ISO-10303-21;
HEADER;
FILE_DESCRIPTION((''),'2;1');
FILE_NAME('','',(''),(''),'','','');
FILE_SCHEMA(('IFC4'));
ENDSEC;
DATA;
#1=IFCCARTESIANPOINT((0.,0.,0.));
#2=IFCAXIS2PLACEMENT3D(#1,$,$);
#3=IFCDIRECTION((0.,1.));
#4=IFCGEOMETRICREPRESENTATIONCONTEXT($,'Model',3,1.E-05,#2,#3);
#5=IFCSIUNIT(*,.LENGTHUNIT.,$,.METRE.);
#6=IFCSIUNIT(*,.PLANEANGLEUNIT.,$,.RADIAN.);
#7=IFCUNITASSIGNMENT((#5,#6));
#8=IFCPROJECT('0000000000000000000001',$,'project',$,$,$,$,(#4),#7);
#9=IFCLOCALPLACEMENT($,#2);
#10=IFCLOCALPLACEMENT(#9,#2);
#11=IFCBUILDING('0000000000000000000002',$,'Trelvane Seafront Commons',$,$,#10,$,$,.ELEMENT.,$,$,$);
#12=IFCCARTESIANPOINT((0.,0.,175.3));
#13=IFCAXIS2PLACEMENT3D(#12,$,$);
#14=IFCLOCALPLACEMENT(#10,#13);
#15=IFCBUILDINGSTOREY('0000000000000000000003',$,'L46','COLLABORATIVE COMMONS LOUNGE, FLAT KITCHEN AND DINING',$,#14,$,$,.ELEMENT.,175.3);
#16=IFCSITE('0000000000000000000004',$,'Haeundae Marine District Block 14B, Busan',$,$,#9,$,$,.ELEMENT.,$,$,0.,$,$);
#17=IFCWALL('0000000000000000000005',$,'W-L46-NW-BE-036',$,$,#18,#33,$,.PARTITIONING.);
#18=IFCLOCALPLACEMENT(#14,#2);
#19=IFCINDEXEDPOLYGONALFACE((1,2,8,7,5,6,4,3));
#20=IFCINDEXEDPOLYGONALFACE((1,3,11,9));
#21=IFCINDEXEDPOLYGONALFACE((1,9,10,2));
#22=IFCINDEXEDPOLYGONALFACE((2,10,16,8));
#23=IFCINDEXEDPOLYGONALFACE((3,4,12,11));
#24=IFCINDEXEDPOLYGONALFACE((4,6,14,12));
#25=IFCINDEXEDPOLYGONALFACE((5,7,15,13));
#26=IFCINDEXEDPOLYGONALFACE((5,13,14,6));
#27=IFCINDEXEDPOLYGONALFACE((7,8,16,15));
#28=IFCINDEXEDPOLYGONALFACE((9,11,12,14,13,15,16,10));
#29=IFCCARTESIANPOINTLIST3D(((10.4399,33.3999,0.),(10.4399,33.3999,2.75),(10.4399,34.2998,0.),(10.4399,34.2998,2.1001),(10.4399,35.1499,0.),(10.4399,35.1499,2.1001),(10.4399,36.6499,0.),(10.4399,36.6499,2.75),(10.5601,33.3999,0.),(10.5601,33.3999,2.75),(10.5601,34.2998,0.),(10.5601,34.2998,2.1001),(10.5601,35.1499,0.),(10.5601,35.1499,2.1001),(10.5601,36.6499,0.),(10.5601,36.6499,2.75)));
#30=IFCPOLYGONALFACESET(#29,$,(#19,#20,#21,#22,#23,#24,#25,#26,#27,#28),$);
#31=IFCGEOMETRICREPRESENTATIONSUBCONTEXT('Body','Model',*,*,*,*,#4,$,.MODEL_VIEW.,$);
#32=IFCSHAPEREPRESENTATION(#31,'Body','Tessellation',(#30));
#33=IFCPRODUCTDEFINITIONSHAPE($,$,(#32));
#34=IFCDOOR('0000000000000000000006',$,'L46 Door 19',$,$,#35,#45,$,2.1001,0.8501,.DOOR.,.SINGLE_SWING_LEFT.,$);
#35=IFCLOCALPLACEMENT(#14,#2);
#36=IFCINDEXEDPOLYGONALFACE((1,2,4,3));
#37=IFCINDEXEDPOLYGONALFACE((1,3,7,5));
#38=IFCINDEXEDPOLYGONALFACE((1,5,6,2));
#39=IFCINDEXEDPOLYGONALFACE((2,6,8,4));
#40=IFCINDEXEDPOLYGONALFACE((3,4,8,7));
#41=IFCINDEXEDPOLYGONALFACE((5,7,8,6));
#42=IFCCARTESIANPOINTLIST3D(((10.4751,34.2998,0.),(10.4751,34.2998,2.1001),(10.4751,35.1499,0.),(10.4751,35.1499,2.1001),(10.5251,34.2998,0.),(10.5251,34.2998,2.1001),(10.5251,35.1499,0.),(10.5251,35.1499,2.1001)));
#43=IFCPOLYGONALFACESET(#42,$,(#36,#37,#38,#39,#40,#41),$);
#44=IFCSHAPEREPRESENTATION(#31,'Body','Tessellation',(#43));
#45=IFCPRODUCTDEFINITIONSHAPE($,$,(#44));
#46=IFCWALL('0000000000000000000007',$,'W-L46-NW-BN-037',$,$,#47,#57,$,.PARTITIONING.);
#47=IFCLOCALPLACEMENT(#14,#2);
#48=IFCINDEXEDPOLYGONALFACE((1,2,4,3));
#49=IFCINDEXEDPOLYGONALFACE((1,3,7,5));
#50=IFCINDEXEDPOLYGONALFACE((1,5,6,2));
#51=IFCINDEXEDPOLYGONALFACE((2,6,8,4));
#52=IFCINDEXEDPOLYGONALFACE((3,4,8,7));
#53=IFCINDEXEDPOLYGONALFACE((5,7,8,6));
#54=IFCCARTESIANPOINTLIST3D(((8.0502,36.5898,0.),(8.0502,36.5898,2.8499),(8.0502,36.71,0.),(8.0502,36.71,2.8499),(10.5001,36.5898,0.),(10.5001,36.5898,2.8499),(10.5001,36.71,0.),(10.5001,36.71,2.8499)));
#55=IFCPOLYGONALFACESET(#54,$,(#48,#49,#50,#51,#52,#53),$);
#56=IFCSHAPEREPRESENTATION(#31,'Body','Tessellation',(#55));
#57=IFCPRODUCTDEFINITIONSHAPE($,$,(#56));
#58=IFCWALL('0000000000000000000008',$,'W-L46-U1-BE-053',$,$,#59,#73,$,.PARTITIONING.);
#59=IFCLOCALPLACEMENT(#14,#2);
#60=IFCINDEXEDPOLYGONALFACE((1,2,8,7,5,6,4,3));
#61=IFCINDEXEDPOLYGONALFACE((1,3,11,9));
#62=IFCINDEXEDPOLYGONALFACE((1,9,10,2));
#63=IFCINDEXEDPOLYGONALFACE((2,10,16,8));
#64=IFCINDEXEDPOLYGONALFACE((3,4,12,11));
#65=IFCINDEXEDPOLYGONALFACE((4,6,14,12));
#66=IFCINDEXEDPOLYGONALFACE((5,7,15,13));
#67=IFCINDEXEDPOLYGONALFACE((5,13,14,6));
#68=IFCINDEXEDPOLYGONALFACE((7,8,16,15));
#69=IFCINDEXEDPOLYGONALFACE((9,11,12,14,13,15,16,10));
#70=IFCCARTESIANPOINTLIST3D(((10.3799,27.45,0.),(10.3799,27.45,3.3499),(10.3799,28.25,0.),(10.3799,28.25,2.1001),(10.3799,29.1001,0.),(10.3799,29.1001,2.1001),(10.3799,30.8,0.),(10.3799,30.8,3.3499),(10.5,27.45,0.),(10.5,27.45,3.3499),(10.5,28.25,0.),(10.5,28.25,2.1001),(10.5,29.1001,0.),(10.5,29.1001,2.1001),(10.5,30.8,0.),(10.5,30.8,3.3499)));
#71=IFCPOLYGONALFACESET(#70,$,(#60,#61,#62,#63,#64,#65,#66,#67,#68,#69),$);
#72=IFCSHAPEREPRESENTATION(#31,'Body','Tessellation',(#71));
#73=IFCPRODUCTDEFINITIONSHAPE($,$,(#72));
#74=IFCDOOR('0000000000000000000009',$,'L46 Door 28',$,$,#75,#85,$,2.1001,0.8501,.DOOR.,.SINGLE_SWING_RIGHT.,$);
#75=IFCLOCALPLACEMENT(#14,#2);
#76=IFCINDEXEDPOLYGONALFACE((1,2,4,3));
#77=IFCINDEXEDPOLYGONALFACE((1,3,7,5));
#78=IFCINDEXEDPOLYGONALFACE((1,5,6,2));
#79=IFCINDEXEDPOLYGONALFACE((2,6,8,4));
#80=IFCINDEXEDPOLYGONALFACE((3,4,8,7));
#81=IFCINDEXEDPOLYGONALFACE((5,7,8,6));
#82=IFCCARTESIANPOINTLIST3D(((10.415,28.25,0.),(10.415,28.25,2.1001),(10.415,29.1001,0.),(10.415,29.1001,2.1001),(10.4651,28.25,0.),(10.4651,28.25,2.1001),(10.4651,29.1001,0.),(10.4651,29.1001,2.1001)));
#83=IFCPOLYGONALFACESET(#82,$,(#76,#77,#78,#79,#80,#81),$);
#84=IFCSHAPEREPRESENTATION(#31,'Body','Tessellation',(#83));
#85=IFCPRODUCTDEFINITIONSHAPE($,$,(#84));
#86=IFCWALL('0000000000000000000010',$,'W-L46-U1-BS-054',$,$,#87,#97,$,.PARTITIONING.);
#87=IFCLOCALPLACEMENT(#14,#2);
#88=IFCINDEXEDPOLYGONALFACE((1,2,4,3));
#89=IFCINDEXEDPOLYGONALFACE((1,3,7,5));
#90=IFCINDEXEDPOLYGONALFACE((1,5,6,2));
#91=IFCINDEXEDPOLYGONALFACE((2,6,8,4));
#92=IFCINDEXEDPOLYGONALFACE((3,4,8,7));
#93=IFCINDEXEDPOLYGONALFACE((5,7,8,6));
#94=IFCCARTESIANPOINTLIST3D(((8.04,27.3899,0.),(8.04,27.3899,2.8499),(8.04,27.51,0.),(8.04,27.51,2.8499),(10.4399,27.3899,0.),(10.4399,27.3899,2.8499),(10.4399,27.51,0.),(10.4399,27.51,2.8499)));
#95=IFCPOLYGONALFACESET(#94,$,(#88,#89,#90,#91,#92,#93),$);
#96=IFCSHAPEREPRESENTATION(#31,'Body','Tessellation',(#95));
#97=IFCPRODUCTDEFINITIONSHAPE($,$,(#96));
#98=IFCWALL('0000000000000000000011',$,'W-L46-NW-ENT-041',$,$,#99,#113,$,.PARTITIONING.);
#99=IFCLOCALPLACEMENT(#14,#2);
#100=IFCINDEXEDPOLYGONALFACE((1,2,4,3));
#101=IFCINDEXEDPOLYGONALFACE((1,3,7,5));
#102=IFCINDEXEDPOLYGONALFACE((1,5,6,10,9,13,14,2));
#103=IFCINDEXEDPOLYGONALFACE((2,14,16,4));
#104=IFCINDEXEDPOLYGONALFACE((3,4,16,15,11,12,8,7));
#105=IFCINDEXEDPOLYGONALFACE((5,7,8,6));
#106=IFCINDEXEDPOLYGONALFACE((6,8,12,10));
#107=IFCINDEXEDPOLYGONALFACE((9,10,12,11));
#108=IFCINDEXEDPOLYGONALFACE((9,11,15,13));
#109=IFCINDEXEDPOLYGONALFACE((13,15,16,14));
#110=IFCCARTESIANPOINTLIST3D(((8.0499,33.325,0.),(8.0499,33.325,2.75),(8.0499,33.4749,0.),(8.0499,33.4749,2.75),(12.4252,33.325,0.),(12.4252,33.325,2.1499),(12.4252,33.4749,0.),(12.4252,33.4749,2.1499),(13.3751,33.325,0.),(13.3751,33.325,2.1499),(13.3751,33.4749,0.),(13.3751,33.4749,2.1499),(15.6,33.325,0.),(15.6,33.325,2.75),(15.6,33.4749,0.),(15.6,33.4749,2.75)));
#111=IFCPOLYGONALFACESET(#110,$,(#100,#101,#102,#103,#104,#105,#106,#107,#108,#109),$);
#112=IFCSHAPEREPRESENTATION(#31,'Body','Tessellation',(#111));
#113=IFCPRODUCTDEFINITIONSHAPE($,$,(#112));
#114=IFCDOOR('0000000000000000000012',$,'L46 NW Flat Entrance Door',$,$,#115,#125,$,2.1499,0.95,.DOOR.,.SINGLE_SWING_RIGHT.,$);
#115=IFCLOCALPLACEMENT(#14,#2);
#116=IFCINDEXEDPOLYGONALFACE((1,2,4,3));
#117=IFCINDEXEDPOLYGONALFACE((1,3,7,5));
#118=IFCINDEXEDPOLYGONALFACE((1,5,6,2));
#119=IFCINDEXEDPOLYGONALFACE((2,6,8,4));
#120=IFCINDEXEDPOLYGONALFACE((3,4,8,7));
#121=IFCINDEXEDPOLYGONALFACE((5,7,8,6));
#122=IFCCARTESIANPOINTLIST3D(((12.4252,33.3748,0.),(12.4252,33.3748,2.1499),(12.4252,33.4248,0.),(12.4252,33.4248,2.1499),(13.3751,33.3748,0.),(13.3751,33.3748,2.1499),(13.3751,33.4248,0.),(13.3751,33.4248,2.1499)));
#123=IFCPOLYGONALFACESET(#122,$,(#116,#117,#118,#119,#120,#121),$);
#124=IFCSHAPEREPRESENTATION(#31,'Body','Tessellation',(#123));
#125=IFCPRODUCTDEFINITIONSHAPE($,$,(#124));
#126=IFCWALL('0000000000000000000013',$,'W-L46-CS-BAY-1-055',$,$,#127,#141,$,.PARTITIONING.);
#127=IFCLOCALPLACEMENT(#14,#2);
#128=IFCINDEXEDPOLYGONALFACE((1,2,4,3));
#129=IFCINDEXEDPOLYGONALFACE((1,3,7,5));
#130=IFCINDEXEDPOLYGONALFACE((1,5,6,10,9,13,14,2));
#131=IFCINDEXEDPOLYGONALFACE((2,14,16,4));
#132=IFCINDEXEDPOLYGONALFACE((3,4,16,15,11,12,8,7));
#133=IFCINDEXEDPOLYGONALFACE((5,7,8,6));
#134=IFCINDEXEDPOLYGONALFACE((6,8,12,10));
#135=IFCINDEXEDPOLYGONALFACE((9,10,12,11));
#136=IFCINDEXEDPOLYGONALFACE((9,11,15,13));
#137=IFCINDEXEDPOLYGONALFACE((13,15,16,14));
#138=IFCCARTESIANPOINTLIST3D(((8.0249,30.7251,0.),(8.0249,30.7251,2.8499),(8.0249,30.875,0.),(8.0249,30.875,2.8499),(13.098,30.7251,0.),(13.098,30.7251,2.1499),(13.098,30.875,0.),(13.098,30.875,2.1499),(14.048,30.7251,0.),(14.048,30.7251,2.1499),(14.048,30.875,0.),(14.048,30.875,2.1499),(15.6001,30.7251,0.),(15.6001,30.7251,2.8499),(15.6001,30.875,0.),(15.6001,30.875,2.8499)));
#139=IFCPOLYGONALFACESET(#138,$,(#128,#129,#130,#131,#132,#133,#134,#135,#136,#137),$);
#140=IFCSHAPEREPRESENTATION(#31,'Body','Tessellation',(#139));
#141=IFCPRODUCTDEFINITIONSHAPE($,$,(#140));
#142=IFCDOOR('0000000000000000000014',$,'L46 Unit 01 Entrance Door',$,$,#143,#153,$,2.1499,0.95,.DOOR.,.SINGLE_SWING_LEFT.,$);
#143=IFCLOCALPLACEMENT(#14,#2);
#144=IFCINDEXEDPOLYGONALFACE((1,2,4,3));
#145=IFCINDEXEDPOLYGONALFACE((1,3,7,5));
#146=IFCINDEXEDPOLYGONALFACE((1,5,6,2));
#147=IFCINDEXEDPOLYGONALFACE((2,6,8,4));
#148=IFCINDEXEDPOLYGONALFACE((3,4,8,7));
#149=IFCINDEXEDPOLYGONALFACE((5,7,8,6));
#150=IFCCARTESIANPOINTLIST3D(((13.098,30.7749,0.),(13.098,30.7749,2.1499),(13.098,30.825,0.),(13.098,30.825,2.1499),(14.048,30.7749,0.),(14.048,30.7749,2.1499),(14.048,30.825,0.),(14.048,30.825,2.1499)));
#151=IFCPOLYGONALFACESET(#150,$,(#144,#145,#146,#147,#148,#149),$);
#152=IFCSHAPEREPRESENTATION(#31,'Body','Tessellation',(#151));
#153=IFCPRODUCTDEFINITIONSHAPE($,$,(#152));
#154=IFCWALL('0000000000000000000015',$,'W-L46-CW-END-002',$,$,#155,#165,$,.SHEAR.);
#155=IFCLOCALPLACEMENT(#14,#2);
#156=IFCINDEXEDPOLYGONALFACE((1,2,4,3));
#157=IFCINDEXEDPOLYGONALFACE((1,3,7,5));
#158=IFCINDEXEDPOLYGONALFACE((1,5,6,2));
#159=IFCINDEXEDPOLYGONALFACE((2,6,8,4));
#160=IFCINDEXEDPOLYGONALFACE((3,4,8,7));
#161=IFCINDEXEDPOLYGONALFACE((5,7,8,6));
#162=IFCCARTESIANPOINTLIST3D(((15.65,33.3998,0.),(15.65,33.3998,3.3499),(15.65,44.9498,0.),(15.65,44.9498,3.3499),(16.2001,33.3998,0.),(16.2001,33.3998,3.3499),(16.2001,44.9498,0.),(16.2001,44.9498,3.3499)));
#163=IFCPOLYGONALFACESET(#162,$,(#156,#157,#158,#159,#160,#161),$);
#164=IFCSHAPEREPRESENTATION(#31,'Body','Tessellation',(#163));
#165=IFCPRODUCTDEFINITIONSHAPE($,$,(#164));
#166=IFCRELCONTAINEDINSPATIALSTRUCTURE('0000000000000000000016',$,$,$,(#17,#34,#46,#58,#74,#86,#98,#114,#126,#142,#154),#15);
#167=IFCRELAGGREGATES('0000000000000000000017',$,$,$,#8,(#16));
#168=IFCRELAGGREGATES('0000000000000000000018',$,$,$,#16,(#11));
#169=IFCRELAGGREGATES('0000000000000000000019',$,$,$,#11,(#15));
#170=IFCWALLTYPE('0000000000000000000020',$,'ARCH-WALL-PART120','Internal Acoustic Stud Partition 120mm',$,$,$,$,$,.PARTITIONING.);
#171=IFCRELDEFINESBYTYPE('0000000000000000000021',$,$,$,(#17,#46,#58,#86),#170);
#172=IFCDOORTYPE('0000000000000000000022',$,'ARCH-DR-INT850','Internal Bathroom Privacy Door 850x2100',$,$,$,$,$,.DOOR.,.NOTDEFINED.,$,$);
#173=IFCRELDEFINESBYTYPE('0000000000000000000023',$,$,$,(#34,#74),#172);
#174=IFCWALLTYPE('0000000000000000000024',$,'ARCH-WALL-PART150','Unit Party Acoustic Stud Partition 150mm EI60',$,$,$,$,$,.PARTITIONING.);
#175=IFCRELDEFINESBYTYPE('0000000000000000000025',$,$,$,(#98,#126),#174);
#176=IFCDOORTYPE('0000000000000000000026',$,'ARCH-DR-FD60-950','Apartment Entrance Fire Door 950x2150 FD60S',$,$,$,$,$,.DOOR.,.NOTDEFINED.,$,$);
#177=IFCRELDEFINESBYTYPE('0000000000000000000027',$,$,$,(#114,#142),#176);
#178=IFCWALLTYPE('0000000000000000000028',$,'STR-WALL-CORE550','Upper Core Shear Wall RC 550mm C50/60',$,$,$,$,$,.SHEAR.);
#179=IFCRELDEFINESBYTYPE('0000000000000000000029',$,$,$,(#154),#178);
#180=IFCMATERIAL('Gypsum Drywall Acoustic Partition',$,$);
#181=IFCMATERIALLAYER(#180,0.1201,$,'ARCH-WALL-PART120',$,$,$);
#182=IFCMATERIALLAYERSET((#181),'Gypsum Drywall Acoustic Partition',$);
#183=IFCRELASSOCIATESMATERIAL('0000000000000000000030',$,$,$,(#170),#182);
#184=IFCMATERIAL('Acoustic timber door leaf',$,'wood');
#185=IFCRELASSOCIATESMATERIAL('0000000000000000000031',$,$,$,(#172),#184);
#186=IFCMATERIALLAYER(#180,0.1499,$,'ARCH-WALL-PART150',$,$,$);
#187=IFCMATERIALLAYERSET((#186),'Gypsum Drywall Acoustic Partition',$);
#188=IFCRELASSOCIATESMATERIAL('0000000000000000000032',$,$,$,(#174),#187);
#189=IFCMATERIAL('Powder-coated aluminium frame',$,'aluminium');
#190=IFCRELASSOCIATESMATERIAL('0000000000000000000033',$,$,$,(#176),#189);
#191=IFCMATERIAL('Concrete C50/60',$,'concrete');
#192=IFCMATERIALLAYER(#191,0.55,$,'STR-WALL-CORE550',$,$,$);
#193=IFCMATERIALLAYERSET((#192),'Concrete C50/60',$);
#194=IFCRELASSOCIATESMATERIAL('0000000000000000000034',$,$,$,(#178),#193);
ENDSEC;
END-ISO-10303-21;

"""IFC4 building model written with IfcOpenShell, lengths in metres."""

from ifc_helpers import new_model, si_unit, direction, frame, frame_2d, origin, place, context, subcontext, project, spatial, rectangle, extrude, source, transform, mapped, material, layer, layer_set, type_object, element, fill, save


model = new_model("IFC4")

# Units and contexts
model_context = context("Model", 3, precision=1e-05, world=origin(), true_north=direction((0.0, 1.0)))
body_context = subcontext(model_context, "Body", "Model", "MODEL_VIEW")
ifc_project = project(units=[si_unit("LENGTHUNIT", "METRE"), si_unit("PLANEANGLEUNIT", "RADIAN")], contexts=[model_context])

# Site, building, storey
site_placement = place(None, origin())
site = spatial("IfcSite", under=ifc_project, at=site_placement, Name="Haeundae Marine District Block 14B, Busan", CompositionType="ELEMENT", RefElevation=0.0)
building_placement = place(site_placement, origin())
building = spatial("IfcBuilding", under=site, at=building_placement, Name="Trelvane Seafront Commons", CompositionType="ELEMENT")
storey_placement = place(building_placement, frame((0.0, 0.0, 175.3)))
storey = spatial("IfcBuildingStorey", under=building, at=storey_placement, Name="L46", Description="COLLABORATIVE COMMONS LOUNGE, FLAT KITCHEN AND DINING", CompositionType="ELEMENT", Elevation=175.3)

# Shared definitions
ifc_material_1 = material(Name="Concrete C50/60", Category="concrete")

# Wall, opening, door
ifc_material_2 = material(Name="Gypsum Drywall Acoustic Partition")
ifc_layer_1 = layer(ifc_material_2, 0.1201, Name="ARCH-WALL-PART120")
ifc_layer_set_1 = layer_set([ifc_layer_1], Name="Gypsum Drywall Acoustic Partition")
wall_type_1 = type_object("IfcWallType", Name="ARCH-WALL-PART120", Description="Internal Acoustic Stud Partition 120mm", PredefinedType="PARTITIONING", material=ifc_layer_set_1)
wall_1_placement = place(storey_placement, frame((10.5, 33.3999, 0.0), z_axis=(0.0, 0.0, 1.0), x_axis=(0.0, 1.0, 0.0)))
wall_1 = element("IfcWall", 1, at=wall_1_placement, inside=storey, type_object=wall_type_1, Name="W-L46-NW-BE-036", PredefinedType="PARTITIONING", context=body_context, shape_type="SweptSolid", body=[
    extrude(rectangle(XDim=3.25, YDim=0.1201, at=frame_2d((1.625, 0.0))), origin(), (0.0, 0.0, 1.0), 2.75),
])
opening_1_placement = place(wall_1_placement, frame((0.8999, 0.0, 0.0)))
opening_1 = element("IfcOpeningElement", 2, at=opening_1_placement, cuts=wall_1, PredefinedType="OPENING", context=body_context, shape_type="SweptSolid", body=[
    extrude(rectangle(XDim=0.8501, YDim=2.1001, at=frame_2d((0.425, 1.05))), frame((0.0, 0.0701, 0.0), z_axis=(0.0, -1.0, 0.0), x_axis=(1.0, 0.0, 0.0)), (0.0, 0.0, 1.0), 0.1401),
])
ifc_material_3 = material(Name="Acoustic timber door leaf", Category="wood")
door_type_1 = type_object("IfcDoorType", Name="ARCH-DR-INT850", Description="Internal Bathroom Privacy Door 850x2100", OperationType="NOTDEFINED", PredefinedType="DOOR", material=ifc_material_3)
shared_shape_1 = source(origin(), body_context, "Body", "SweptSolid", [
    extrude(rectangle(XDim=0.8501, YDim=2.1001, at=frame_2d((0.425, 1.05))), frame((0.0, 0.0249, 0.0), z_axis=(0.0, -1.0, 0.0), x_axis=(1.0, 0.0, 0.0)), (0.0, 0.0, 1.0), 0.05),
])
door_1_placement = place(opening_1_placement, origin())
door_1 = element("IfcDoor", 3, at=door_1_placement, inside=storey, type_object=door_type_1, Name="L46 Door 19", OperationType="SINGLE_SWING_LEFT", OverallHeight=2.1001, OverallWidth=0.8501, PredefinedType="DOOR", context=body_context, shape_type="MappedRepresentation", body=[
    mapped(shared_shape_1, transform((0.0, 0.0, 0.0), x_axis=(1.0, 0.0, 0.0), y_axis=(0.0, 1.0, 0.0), z_axis=(0.0, 0.0, 1.0), scale=1.0)),
])
fill(opening_1, door_1)

# Wall
wall_2_placement = place(storey_placement, frame((8.05, 36.6499, 0.0), z_axis=(0.0, 0.0, 1.0), x_axis=(1.0, 0.0, 0.0)))
element("IfcWall", 4, at=wall_2_placement, inside=storey, type_object=wall_type_1, Name="W-L46-NW-BN-037", PredefinedType="PARTITIONING", context=body_context, shape_type="SweptSolid", body=[
    extrude(rectangle(XDim=2.45, YDim=0.1201, at=frame_2d((1.2251, 0.0))), origin(), (0.0, 0.0, 1.0), 2.8499),
])

# Wall, opening, door
wall_3_placement = place(storey_placement, frame((10.4399, 27.45, 0.0), z_axis=(0.0, 0.0, 1.0), x_axis=(0.0, 1.0, 0.0)))
wall_3 = element("IfcWall", 5, at=wall_3_placement, inside=storey, type_object=wall_type_1, Name="W-L46-U1-BE-053", PredefinedType="PARTITIONING", context=body_context, shape_type="SweptSolid", body=[
    extrude(rectangle(XDim=3.3501, YDim=0.1201, at=frame_2d((1.675, 0.0))), origin(), (0.0, 0.0, 1.0), 3.3499),
])
opening_2_placement = place(wall_3_placement, frame((0.8, 0.0, 0.0)))
opening_2 = element("IfcOpeningElement", 6, at=opening_2_placement, cuts=wall_3, PredefinedType="OPENING", context=body_context, shape_type="SweptSolid", body=[
    extrude(rectangle(XDim=0.8501, YDim=2.1001, at=frame_2d((0.425, 1.05))), frame((0.0, 0.0701, 0.0), z_axis=(0.0, -1.0, 0.0), x_axis=(1.0, 0.0, 0.0)), (0.0, 0.0, 1.0), 0.1401),
])
door_2_placement = place(opening_2_placement, origin())
door_2 = element("IfcDoor", 7, at=door_2_placement, inside=storey, type_object=door_type_1, Name="L46 Door 28", OperationType="SINGLE_SWING_RIGHT", OverallHeight=2.1001, OverallWidth=0.8501, PredefinedType="DOOR", context=body_context, shape_type="MappedRepresentation", body=[
    mapped(shared_shape_1, transform((0.0, 0.0, 0.0), x_axis=(1.0, 0.0, 0.0), y_axis=(0.0, 1.0, 0.0), z_axis=(0.0, 0.0, 1.0), scale=1.0)),
])
fill(opening_2, door_2)

# Wall
wall_4_placement = place(storey_placement, frame((8.04, 27.45, 0.0), z_axis=(0.0, 0.0, 1.0), x_axis=(1.0, 0.0, 0.0)))
element("IfcWall", 8, at=wall_4_placement, inside=storey, type_object=wall_type_1, Name="W-L46-U1-BS-054", PredefinedType="PARTITIONING", context=body_context, shape_type="SweptSolid", body=[
    extrude(rectangle(XDim=2.3999, YDim=0.1201, at=frame_2d((1.2, 0.0))), origin(), (0.0, 0.0, 1.0), 2.8499),
])

# Walls, openings, doors
ifc_layer_2 = layer(ifc_material_2, 0.1499, Name="ARCH-WALL-PART150")
ifc_layer_set_2 = layer_set([ifc_layer_2], Name="Gypsum Drywall Acoustic Partition")
wall_type_2 = type_object("IfcWallType", Name="ARCH-WALL-PART150", Description="Unit Party Acoustic Stud Partition 150mm EI60", PredefinedType="PARTITIONING", material=ifc_layer_set_2)
wall_5_placement = place(storey_placement, frame((8.05, 33.3999, 0.0), z_axis=(0.0, 0.0, 1.0), x_axis=(1.0, 0.0, 0.0)))
wall_5 = element("IfcWall", 9, at=wall_5_placement, inside=storey, type_object=wall_type_2, Name="W-L46-NW-ENT-041", PredefinedType="PARTITIONING", context=body_context, shape_type="SweptSolid", body=[
    extrude(rectangle(XDim=7.55, YDim=0.1499, at=frame_2d((3.7749, 0.0))), origin(), (0.0, 0.0, 1.0), 2.75),
])
opening_3_placement = place(wall_5_placement, frame((4.375, 0.0, 0.0)))
opening_3 = element("IfcOpeningElement", 10, at=opening_3_placement, cuts=wall_5, PredefinedType="OPENING", context=body_context, shape_type="SweptSolid", body=[
    extrude(rectangle(XDim=0.95, YDim=2.1499, at=frame_2d((0.4751, 1.075))), frame((0.0, 0.085, 0.0), z_axis=(0.0, -1.0, 0.0), x_axis=(1.0, 0.0, 0.0)), (0.0, 0.0, 1.0), 0.1699),
])
ifc_material_4 = material(Name="Powder-coated aluminium frame", Category="aluminium")
door_type_2 = type_object("IfcDoorType", Name="ARCH-DR-FD60-950", Description="Apartment Entrance Fire Door 950x2150 FD60S", OperationType="NOTDEFINED", PredefinedType="DOOR", material=ifc_material_4)
shared_shape_2 = source(origin(), body_context, "Body", "SweptSolid", [
    extrude(rectangle(XDim=0.95, YDim=2.1499, at=frame_2d((0.4751, 1.075))), frame((0.0, 0.0249, 0.0), z_axis=(0.0, -1.0, 0.0), x_axis=(1.0, 0.0, 0.0)), (0.0, 0.0, 1.0), 0.05),
])
door_3_placement = place(opening_3_placement, origin())
door_3 = element("IfcDoor", 11, at=door_3_placement, inside=storey, type_object=door_type_2, Name="L46 NW Flat Entrance Door", OperationType="SINGLE_SWING_RIGHT", OverallHeight=2.1499, OverallWidth=0.95, PredefinedType="DOOR", context=body_context, shape_type="MappedRepresentation", body=[
    mapped(shared_shape_2, transform((0.0, 0.0, 0.0), x_axis=(1.0, 0.0, 0.0), y_axis=(0.0, 1.0, 0.0), z_axis=(0.0, 0.0, 1.0), scale=1.0)),
])
fill(opening_3, door_3)
wall_6_placement = place(storey_placement, frame((8.0249, 30.8, 0.0), z_axis=(0.0, 0.0, 1.0), x_axis=(1.0, 0.0, 0.0)))
wall_6 = element("IfcWall", 12, at=wall_6_placement, inside=storey, type_object=wall_type_2, Name="W-L46-CS-BAY-1-055", PredefinedType="PARTITIONING", context=body_context, shape_type="SweptSolid", body=[
    extrude(rectangle(XDim=7.5752, YDim=0.1499, at=frame_2d((3.7876, 0.0))), origin(), (0.0, 0.0, 1.0), 2.8499),
])
opening_4_placement = place(wall_6_placement, frame((5.073, 0.0, 0.0)))
opening_4 = element("IfcOpeningElement", 13, at=opening_4_placement, cuts=wall_6, PredefinedType="OPENING", context=body_context, shape_type="SweptSolid", body=[
    extrude(rectangle(XDim=0.95, YDim=2.1499, at=frame_2d((0.4751, 1.075))), frame((0.0, 0.085, 0.0), z_axis=(0.0, -1.0, 0.0), x_axis=(1.0, 0.0, 0.0)), (0.0, 0.0, 1.0), 0.1699),
])
door_4_placement = place(opening_4_placement, origin())
door_4 = element("IfcDoor", 14, at=door_4_placement, inside=storey, type_object=door_type_2, Name="L46 Unit 01 Entrance Door", OperationType="SINGLE_SWING_LEFT", OverallHeight=2.1499, OverallWidth=0.95, PredefinedType="DOOR", context=body_context, shape_type="MappedRepresentation", body=[
    mapped(shared_shape_2, transform((0.0, 0.0, 0.0), x_axis=(1.0, 0.0, 0.0), y_axis=(0.0, 1.0, 0.0), z_axis=(0.0, 0.0, 1.0), scale=1.0)),
])
fill(opening_4, door_4)

# Wall
ifc_layer_3 = layer(ifc_material_1, 0.55, Name="STR-WALL-CORE550")
ifc_layer_set_3 = layer_set([ifc_layer_3], Name="Concrete C50/60")
wall_type_3 = type_object("IfcWallType", Name="STR-WALL-CORE550", Description="Upper Core Shear Wall RC 550mm C50/60", PredefinedType="SHEAR", material=ifc_layer_set_3)
wall_7_placement = place(storey_placement, frame((15.925, 33.3999, 0.0), z_axis=(0.0, 0.0, 1.0), x_axis=(0.0, 1.0, 0.0)))
element("IfcWall", 15, at=wall_7_placement, inside=storey, type_object=wall_type_3, Name="W-L46-CW-END-002", PredefinedType="SHEAR", context=body_context, shape_type="SweptSolid", body=[
    extrude(rectangle(XDim=11.55, YDim=0.55, at=frame_2d((5.7749, 0.0))), origin(), (0.0, 0.0, 1.0), 3.3499),
])

save(model, "model.ifc")
